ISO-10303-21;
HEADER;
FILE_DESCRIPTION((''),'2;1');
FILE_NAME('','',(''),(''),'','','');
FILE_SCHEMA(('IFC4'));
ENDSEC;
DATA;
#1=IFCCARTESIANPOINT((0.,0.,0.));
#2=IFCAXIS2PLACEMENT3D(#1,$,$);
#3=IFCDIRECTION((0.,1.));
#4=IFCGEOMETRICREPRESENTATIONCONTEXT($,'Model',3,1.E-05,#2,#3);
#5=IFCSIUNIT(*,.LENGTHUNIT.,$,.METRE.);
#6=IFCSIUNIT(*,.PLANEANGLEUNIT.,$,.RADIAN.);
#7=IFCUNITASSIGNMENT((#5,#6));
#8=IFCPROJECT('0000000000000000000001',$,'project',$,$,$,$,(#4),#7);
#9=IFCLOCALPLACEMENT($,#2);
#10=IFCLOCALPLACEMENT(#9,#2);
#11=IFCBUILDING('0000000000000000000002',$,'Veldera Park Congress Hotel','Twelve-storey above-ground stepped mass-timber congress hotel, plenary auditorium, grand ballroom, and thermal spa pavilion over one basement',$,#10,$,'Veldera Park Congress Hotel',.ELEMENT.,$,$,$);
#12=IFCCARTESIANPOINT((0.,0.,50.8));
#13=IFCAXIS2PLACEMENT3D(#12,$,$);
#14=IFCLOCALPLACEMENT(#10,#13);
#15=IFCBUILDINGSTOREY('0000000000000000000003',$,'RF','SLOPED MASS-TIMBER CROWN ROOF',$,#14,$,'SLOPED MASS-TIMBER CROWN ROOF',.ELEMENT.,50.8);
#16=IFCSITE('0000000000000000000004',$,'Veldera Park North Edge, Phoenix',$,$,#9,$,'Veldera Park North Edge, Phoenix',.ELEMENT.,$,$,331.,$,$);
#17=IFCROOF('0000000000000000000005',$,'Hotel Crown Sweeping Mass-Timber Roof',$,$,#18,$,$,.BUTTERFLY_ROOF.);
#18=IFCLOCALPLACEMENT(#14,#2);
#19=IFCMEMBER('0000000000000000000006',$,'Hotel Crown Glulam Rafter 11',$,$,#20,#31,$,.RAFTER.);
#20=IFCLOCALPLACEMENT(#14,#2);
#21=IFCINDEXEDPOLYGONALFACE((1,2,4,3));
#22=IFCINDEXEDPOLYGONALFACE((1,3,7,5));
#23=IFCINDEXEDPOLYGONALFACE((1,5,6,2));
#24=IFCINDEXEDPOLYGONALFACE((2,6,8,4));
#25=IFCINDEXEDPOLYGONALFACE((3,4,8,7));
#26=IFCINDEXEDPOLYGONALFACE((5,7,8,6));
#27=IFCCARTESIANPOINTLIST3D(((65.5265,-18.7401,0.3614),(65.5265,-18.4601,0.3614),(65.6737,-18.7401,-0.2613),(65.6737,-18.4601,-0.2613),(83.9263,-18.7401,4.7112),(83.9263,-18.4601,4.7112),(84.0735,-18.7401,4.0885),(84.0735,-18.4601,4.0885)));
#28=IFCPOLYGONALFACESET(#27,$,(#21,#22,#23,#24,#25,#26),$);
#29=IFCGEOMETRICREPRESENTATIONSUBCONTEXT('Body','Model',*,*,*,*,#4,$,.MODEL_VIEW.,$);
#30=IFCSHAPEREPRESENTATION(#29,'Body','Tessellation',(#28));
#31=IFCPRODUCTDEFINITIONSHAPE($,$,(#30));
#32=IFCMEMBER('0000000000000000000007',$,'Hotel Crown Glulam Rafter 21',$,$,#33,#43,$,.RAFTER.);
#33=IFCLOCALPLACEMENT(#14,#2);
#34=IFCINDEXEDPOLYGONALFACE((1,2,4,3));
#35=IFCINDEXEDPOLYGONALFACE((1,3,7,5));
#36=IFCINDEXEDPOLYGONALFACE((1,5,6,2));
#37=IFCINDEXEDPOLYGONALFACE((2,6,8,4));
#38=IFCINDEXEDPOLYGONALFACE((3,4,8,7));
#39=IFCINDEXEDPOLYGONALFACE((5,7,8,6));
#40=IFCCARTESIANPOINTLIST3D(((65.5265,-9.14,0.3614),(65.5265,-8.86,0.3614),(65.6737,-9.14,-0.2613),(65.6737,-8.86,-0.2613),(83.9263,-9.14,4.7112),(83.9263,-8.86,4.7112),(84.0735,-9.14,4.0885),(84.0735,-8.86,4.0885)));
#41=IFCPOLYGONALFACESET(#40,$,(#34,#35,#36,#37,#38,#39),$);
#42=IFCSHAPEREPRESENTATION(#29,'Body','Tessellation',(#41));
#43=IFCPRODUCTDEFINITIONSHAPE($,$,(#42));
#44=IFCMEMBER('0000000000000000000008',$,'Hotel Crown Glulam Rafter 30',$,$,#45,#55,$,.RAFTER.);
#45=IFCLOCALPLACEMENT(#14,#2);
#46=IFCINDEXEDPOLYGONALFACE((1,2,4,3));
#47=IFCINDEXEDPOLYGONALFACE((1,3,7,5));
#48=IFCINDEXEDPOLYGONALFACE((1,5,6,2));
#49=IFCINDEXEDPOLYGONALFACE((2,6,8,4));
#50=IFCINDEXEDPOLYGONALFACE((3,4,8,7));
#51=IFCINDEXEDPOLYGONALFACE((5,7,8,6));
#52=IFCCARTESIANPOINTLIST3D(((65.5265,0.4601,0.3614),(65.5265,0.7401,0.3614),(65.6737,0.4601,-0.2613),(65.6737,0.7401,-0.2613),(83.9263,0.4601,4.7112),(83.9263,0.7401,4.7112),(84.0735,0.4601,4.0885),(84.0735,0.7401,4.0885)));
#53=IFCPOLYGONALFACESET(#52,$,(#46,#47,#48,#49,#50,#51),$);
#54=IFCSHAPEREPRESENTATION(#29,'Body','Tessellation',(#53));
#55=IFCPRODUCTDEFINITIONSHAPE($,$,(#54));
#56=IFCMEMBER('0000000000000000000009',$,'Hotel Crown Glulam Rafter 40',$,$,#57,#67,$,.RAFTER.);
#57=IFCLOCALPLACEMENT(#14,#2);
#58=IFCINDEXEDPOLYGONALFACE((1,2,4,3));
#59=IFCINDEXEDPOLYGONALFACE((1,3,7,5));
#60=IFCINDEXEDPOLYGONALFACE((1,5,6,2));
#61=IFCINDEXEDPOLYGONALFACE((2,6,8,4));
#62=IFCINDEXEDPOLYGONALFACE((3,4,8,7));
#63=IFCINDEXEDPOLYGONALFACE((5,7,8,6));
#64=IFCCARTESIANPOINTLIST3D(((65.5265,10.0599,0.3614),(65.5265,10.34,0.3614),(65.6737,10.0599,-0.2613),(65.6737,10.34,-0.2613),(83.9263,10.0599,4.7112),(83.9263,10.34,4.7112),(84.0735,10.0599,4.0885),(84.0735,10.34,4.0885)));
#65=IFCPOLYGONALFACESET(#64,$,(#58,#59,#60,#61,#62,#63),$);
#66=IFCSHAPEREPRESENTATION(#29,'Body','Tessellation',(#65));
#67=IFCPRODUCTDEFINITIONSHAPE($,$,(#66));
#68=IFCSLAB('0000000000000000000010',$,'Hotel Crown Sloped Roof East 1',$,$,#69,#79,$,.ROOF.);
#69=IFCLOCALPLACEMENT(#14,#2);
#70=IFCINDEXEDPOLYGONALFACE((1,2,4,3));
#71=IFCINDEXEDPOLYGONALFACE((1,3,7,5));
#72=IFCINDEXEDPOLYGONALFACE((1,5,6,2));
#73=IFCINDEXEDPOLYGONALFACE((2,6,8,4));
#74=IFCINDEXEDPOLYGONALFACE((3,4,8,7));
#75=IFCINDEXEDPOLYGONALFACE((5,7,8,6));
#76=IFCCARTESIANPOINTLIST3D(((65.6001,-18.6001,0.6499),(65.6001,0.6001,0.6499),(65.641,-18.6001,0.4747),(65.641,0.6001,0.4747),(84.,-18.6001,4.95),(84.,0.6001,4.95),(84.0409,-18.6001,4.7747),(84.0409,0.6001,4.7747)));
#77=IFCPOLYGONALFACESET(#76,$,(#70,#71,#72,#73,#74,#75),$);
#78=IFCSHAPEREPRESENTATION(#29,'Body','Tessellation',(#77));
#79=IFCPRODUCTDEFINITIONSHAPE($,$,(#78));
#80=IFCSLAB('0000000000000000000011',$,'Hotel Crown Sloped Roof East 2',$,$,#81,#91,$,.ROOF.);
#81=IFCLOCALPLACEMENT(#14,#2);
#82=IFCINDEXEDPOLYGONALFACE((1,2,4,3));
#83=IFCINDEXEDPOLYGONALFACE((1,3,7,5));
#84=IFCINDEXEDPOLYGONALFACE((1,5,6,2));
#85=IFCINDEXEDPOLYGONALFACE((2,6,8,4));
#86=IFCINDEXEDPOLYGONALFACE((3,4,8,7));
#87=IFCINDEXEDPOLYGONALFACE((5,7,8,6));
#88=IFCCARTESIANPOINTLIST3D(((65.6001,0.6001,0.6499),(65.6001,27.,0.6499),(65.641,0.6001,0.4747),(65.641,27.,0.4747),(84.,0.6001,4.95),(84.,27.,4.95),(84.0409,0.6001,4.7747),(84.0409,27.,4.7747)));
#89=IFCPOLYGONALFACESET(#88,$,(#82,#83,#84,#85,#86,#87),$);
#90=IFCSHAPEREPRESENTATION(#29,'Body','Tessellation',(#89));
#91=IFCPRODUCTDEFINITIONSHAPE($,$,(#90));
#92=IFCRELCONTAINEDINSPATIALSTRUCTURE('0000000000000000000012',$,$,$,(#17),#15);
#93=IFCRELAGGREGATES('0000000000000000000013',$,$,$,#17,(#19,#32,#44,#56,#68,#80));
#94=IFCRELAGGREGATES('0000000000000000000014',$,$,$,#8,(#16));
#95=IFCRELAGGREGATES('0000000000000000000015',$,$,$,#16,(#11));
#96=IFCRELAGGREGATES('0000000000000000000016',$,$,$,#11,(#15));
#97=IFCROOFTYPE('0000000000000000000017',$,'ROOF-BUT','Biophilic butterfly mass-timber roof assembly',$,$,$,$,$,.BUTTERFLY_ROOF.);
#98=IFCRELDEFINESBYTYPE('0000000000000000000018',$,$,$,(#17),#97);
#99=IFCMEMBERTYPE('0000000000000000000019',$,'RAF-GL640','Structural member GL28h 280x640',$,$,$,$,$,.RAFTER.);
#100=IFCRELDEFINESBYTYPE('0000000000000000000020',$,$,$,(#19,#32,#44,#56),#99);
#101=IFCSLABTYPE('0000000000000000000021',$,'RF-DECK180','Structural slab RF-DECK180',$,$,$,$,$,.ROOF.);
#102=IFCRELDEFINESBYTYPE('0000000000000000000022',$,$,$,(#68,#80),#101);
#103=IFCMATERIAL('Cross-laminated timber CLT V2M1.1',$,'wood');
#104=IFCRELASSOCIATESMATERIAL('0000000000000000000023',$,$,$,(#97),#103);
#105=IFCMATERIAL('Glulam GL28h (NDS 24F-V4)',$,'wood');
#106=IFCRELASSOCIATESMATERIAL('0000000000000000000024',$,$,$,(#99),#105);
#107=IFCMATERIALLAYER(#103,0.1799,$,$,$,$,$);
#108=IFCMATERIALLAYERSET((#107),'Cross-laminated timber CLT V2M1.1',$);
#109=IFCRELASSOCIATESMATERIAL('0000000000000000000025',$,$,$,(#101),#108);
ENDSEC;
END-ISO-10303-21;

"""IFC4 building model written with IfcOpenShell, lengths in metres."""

from ifc_helpers import new_model, si_unit, direction, frame, origin, origin_2d, place, context, subcontext, project, spatial, polyline, rectangle, outline, extrude, material, layer, layer_set, material_profile, profile_set, type_object, element, aggregate, save


model = new_model("IFC4")

# Units and contexts
model_context = context("Model", 3, precision=1e-05, world=origin(), true_north=direction((0.0, 1.0)))
body_context = subcontext(model_context, "Body", "Model", "MODEL_VIEW")
ifc_project = project(units=[si_unit("LENGTHUNIT", "METRE"), si_unit("PLANEANGLEUNIT", "RADIAN")], contexts=[model_context])

# Site, building, storey
site_placement = place(None, origin())
site = spatial("IfcSite", under=ifc_project, at=site_placement, Name="Veldera Park North Edge, Phoenix", LongName="Veldera Park North Edge, Phoenix", CompositionType="ELEMENT", RefElevation=331.0)
building_placement = place(site_placement, origin())
building = spatial("IfcBuilding", under=site, at=building_placement, Name="Veldera Park Congress Hotel", Description="Twelve-storey above-ground stepped mass-timber congress hotel, plenary auditorium, grand ballroom, and thermal spa pavilion over one basement", LongName="Veldera Park Congress Hotel", CompositionType="ELEMENT")
storey_placement = place(building_placement, frame((0.0, 0.0, 50.8)))
storey = spatial("IfcBuildingStorey", under=building, at=storey_placement, Name="RF", Description="SLOPED MASS-TIMBER CROWN ROOF", LongName="SLOPED MASS-TIMBER CROWN ROOF", CompositionType="ELEMENT", Elevation=50.8)

# Shared definitions
ifc_material_1 = material(Name="Glulam GL28h (NDS 24F-V4)", Category="wood")

# Roof, members, slabs
ifc_material_2 = material(Name="Cross-laminated timber CLT V2M1.1", Category="wood")
roof_type = type_object("IfcRoofType", Name="ROOF-BUT", Description="Biophilic butterfly mass-timber roof assembly", PredefinedType="BUTTERFLY_ROOF", material=ifc_material_2)
roof_placement = place(storey_placement, origin())
roof = element("IfcRoof", 1, at=roof_placement, inside=storey, type_object=roof_type, Name="Hotel Crown Sweeping Mass-Timber Roof", PredefinedType="BUTTERFLY_ROOF")
ifc_material_profile_1 = material_profile(ifc_material_1, rectangle(XDim=0.28, YDim=0.6399, at=origin_2d()), Name="GL28h 280x640")
ifc_profile_set_1 = profile_set([ifc_material_profile_1], Name="Glulam GL28h (NDS 24F-V4)")
member_type = type_object("IfcMemberType", Name="RAF-GL640", Description="Structural member GL28h 280x640", PredefinedType="RAFTER", material=ifc_profile_set_1)
member_1_placement = place(storey_placement, frame((65.6001, -18.6001, 0.05), z_axis=(0.973175, 0.0, 0.230065), x_axis=(0.0, 1.0, 0.0)))
member_1 = element("IfcMember", 2, at=member_1_placement, type_object=member_type, Name="Hotel Crown Glulam Rafter 11", PredefinedType="RAFTER", context=body_context, shape_type="SweptSolid", body=[
    extrude(rectangle(XDim=0.28, YDim=0.6399, at=origin_2d()), origin(), (0.0, 0.0, 1.0), 18.907),
])
member_2_placement = place(storey_placement, frame((65.6001, -9.0, 0.05), z_axis=(0.973175, 0.0, 0.230065), x_axis=(0.0, 1.0, 0.0)))
member_2 = element("IfcMember", 3, at=member_2_placement, type_object=member_type, Name="Hotel Crown Glulam Rafter 21", PredefinedType="RAFTER", context=body_context, shape_type="SweptSolid", body=[
    extrude(rectangle(XDim=0.28, YDim=0.6399, at=origin_2d()), origin(), (0.0, 0.0, 1.0), 18.907),
])
member_3_placement = place(storey_placement, frame((65.6001, 0.6001, 0.05), z_axis=(0.973175, 0.0, 0.230065), x_axis=(0.0, 1.0, 0.0)))
member_3 = element("IfcMember", 4, at=member_3_placement, type_object=member_type, Name="Hotel Crown Glulam Rafter 30", PredefinedType="RAFTER", context=body_context, shape_type="SweptSolid", body=[
    extrude(rectangle(XDim=0.28, YDim=0.6399, at=origin_2d()), origin(), (0.0, 0.0, 1.0), 18.907),
])
member_4_placement = place(storey_placement, frame((65.6001, 10.2, 0.05), z_axis=(0.973175, 0.0, 0.230065), x_axis=(0.0, 1.0, 0.0)))
member_4 = element("IfcMember", 5, at=member_4_placement, type_object=member_type, Name="Hotel Crown Glulam Rafter 40", PredefinedType="RAFTER", context=body_context, shape_type="SweptSolid", body=[
    extrude(rectangle(XDim=0.28, YDim=0.6399, at=origin_2d()), origin(), (0.0, 0.0, 1.0), 18.907),
])
ifc_layer = layer(ifc_material_2, 0.1799)
ifc_layer_set = layer_set([ifc_layer], Name="Cross-laminated timber CLT V2M1.1")
slab_type = type_object("IfcSlabType", Name="RF-DECK180", Description="Structural slab RF-DECK180", PredefinedType="ROOF", material=ifc_layer_set)
slab_1_placement = place(storey_placement, frame((65.6001, -18.6001, 0.6499), z_axis=(-0.227568, 0.0, 0.973762), x_axis=(0.973762, 0.0, 0.227568)))
slab_1 = element("IfcSlab", 6, at=slab_1_placement, type_object=slab_type, Name="Hotel Crown Sloped Roof East 1", PredefinedType="ROOF", context=body_context, shape_type="SweptSolid", body=[
    extrude(outline(polyline([(0.0, 0.0), (18.8957, 0.0), (18.8957, 19.2002), (0.0, 19.2002), (0.0, 0.0)])), origin(), (0.0, 0.0, -1.0), 0.1799),
])
slab_2_placement = place(storey_placement, frame((65.6001, 0.6001, 0.6499), z_axis=(-0.227568, 0.0, 0.973762), x_axis=(0.973762, 0.0, 0.227568)))
slab_2 = element("IfcSlab", 7, at=slab_2_placement, type_object=slab_type, Name="Hotel Crown Sloped Roof East 2", PredefinedType="ROOF", context=body_context, shape_type="SweptSolid", body=[
    extrude(outline(polyline([(0.0, 0.0), (18.8957, 0.0), (18.8957, 26.3999), (0.0, 26.3999), (0.0, 0.0)])), origin(), (0.0, 0.0, -1.0), 0.1799),
])
aggregate(roof, [member_1, member_2, member_3, member_4, slab_1, slab_2])

save(model, "model.ifc")
